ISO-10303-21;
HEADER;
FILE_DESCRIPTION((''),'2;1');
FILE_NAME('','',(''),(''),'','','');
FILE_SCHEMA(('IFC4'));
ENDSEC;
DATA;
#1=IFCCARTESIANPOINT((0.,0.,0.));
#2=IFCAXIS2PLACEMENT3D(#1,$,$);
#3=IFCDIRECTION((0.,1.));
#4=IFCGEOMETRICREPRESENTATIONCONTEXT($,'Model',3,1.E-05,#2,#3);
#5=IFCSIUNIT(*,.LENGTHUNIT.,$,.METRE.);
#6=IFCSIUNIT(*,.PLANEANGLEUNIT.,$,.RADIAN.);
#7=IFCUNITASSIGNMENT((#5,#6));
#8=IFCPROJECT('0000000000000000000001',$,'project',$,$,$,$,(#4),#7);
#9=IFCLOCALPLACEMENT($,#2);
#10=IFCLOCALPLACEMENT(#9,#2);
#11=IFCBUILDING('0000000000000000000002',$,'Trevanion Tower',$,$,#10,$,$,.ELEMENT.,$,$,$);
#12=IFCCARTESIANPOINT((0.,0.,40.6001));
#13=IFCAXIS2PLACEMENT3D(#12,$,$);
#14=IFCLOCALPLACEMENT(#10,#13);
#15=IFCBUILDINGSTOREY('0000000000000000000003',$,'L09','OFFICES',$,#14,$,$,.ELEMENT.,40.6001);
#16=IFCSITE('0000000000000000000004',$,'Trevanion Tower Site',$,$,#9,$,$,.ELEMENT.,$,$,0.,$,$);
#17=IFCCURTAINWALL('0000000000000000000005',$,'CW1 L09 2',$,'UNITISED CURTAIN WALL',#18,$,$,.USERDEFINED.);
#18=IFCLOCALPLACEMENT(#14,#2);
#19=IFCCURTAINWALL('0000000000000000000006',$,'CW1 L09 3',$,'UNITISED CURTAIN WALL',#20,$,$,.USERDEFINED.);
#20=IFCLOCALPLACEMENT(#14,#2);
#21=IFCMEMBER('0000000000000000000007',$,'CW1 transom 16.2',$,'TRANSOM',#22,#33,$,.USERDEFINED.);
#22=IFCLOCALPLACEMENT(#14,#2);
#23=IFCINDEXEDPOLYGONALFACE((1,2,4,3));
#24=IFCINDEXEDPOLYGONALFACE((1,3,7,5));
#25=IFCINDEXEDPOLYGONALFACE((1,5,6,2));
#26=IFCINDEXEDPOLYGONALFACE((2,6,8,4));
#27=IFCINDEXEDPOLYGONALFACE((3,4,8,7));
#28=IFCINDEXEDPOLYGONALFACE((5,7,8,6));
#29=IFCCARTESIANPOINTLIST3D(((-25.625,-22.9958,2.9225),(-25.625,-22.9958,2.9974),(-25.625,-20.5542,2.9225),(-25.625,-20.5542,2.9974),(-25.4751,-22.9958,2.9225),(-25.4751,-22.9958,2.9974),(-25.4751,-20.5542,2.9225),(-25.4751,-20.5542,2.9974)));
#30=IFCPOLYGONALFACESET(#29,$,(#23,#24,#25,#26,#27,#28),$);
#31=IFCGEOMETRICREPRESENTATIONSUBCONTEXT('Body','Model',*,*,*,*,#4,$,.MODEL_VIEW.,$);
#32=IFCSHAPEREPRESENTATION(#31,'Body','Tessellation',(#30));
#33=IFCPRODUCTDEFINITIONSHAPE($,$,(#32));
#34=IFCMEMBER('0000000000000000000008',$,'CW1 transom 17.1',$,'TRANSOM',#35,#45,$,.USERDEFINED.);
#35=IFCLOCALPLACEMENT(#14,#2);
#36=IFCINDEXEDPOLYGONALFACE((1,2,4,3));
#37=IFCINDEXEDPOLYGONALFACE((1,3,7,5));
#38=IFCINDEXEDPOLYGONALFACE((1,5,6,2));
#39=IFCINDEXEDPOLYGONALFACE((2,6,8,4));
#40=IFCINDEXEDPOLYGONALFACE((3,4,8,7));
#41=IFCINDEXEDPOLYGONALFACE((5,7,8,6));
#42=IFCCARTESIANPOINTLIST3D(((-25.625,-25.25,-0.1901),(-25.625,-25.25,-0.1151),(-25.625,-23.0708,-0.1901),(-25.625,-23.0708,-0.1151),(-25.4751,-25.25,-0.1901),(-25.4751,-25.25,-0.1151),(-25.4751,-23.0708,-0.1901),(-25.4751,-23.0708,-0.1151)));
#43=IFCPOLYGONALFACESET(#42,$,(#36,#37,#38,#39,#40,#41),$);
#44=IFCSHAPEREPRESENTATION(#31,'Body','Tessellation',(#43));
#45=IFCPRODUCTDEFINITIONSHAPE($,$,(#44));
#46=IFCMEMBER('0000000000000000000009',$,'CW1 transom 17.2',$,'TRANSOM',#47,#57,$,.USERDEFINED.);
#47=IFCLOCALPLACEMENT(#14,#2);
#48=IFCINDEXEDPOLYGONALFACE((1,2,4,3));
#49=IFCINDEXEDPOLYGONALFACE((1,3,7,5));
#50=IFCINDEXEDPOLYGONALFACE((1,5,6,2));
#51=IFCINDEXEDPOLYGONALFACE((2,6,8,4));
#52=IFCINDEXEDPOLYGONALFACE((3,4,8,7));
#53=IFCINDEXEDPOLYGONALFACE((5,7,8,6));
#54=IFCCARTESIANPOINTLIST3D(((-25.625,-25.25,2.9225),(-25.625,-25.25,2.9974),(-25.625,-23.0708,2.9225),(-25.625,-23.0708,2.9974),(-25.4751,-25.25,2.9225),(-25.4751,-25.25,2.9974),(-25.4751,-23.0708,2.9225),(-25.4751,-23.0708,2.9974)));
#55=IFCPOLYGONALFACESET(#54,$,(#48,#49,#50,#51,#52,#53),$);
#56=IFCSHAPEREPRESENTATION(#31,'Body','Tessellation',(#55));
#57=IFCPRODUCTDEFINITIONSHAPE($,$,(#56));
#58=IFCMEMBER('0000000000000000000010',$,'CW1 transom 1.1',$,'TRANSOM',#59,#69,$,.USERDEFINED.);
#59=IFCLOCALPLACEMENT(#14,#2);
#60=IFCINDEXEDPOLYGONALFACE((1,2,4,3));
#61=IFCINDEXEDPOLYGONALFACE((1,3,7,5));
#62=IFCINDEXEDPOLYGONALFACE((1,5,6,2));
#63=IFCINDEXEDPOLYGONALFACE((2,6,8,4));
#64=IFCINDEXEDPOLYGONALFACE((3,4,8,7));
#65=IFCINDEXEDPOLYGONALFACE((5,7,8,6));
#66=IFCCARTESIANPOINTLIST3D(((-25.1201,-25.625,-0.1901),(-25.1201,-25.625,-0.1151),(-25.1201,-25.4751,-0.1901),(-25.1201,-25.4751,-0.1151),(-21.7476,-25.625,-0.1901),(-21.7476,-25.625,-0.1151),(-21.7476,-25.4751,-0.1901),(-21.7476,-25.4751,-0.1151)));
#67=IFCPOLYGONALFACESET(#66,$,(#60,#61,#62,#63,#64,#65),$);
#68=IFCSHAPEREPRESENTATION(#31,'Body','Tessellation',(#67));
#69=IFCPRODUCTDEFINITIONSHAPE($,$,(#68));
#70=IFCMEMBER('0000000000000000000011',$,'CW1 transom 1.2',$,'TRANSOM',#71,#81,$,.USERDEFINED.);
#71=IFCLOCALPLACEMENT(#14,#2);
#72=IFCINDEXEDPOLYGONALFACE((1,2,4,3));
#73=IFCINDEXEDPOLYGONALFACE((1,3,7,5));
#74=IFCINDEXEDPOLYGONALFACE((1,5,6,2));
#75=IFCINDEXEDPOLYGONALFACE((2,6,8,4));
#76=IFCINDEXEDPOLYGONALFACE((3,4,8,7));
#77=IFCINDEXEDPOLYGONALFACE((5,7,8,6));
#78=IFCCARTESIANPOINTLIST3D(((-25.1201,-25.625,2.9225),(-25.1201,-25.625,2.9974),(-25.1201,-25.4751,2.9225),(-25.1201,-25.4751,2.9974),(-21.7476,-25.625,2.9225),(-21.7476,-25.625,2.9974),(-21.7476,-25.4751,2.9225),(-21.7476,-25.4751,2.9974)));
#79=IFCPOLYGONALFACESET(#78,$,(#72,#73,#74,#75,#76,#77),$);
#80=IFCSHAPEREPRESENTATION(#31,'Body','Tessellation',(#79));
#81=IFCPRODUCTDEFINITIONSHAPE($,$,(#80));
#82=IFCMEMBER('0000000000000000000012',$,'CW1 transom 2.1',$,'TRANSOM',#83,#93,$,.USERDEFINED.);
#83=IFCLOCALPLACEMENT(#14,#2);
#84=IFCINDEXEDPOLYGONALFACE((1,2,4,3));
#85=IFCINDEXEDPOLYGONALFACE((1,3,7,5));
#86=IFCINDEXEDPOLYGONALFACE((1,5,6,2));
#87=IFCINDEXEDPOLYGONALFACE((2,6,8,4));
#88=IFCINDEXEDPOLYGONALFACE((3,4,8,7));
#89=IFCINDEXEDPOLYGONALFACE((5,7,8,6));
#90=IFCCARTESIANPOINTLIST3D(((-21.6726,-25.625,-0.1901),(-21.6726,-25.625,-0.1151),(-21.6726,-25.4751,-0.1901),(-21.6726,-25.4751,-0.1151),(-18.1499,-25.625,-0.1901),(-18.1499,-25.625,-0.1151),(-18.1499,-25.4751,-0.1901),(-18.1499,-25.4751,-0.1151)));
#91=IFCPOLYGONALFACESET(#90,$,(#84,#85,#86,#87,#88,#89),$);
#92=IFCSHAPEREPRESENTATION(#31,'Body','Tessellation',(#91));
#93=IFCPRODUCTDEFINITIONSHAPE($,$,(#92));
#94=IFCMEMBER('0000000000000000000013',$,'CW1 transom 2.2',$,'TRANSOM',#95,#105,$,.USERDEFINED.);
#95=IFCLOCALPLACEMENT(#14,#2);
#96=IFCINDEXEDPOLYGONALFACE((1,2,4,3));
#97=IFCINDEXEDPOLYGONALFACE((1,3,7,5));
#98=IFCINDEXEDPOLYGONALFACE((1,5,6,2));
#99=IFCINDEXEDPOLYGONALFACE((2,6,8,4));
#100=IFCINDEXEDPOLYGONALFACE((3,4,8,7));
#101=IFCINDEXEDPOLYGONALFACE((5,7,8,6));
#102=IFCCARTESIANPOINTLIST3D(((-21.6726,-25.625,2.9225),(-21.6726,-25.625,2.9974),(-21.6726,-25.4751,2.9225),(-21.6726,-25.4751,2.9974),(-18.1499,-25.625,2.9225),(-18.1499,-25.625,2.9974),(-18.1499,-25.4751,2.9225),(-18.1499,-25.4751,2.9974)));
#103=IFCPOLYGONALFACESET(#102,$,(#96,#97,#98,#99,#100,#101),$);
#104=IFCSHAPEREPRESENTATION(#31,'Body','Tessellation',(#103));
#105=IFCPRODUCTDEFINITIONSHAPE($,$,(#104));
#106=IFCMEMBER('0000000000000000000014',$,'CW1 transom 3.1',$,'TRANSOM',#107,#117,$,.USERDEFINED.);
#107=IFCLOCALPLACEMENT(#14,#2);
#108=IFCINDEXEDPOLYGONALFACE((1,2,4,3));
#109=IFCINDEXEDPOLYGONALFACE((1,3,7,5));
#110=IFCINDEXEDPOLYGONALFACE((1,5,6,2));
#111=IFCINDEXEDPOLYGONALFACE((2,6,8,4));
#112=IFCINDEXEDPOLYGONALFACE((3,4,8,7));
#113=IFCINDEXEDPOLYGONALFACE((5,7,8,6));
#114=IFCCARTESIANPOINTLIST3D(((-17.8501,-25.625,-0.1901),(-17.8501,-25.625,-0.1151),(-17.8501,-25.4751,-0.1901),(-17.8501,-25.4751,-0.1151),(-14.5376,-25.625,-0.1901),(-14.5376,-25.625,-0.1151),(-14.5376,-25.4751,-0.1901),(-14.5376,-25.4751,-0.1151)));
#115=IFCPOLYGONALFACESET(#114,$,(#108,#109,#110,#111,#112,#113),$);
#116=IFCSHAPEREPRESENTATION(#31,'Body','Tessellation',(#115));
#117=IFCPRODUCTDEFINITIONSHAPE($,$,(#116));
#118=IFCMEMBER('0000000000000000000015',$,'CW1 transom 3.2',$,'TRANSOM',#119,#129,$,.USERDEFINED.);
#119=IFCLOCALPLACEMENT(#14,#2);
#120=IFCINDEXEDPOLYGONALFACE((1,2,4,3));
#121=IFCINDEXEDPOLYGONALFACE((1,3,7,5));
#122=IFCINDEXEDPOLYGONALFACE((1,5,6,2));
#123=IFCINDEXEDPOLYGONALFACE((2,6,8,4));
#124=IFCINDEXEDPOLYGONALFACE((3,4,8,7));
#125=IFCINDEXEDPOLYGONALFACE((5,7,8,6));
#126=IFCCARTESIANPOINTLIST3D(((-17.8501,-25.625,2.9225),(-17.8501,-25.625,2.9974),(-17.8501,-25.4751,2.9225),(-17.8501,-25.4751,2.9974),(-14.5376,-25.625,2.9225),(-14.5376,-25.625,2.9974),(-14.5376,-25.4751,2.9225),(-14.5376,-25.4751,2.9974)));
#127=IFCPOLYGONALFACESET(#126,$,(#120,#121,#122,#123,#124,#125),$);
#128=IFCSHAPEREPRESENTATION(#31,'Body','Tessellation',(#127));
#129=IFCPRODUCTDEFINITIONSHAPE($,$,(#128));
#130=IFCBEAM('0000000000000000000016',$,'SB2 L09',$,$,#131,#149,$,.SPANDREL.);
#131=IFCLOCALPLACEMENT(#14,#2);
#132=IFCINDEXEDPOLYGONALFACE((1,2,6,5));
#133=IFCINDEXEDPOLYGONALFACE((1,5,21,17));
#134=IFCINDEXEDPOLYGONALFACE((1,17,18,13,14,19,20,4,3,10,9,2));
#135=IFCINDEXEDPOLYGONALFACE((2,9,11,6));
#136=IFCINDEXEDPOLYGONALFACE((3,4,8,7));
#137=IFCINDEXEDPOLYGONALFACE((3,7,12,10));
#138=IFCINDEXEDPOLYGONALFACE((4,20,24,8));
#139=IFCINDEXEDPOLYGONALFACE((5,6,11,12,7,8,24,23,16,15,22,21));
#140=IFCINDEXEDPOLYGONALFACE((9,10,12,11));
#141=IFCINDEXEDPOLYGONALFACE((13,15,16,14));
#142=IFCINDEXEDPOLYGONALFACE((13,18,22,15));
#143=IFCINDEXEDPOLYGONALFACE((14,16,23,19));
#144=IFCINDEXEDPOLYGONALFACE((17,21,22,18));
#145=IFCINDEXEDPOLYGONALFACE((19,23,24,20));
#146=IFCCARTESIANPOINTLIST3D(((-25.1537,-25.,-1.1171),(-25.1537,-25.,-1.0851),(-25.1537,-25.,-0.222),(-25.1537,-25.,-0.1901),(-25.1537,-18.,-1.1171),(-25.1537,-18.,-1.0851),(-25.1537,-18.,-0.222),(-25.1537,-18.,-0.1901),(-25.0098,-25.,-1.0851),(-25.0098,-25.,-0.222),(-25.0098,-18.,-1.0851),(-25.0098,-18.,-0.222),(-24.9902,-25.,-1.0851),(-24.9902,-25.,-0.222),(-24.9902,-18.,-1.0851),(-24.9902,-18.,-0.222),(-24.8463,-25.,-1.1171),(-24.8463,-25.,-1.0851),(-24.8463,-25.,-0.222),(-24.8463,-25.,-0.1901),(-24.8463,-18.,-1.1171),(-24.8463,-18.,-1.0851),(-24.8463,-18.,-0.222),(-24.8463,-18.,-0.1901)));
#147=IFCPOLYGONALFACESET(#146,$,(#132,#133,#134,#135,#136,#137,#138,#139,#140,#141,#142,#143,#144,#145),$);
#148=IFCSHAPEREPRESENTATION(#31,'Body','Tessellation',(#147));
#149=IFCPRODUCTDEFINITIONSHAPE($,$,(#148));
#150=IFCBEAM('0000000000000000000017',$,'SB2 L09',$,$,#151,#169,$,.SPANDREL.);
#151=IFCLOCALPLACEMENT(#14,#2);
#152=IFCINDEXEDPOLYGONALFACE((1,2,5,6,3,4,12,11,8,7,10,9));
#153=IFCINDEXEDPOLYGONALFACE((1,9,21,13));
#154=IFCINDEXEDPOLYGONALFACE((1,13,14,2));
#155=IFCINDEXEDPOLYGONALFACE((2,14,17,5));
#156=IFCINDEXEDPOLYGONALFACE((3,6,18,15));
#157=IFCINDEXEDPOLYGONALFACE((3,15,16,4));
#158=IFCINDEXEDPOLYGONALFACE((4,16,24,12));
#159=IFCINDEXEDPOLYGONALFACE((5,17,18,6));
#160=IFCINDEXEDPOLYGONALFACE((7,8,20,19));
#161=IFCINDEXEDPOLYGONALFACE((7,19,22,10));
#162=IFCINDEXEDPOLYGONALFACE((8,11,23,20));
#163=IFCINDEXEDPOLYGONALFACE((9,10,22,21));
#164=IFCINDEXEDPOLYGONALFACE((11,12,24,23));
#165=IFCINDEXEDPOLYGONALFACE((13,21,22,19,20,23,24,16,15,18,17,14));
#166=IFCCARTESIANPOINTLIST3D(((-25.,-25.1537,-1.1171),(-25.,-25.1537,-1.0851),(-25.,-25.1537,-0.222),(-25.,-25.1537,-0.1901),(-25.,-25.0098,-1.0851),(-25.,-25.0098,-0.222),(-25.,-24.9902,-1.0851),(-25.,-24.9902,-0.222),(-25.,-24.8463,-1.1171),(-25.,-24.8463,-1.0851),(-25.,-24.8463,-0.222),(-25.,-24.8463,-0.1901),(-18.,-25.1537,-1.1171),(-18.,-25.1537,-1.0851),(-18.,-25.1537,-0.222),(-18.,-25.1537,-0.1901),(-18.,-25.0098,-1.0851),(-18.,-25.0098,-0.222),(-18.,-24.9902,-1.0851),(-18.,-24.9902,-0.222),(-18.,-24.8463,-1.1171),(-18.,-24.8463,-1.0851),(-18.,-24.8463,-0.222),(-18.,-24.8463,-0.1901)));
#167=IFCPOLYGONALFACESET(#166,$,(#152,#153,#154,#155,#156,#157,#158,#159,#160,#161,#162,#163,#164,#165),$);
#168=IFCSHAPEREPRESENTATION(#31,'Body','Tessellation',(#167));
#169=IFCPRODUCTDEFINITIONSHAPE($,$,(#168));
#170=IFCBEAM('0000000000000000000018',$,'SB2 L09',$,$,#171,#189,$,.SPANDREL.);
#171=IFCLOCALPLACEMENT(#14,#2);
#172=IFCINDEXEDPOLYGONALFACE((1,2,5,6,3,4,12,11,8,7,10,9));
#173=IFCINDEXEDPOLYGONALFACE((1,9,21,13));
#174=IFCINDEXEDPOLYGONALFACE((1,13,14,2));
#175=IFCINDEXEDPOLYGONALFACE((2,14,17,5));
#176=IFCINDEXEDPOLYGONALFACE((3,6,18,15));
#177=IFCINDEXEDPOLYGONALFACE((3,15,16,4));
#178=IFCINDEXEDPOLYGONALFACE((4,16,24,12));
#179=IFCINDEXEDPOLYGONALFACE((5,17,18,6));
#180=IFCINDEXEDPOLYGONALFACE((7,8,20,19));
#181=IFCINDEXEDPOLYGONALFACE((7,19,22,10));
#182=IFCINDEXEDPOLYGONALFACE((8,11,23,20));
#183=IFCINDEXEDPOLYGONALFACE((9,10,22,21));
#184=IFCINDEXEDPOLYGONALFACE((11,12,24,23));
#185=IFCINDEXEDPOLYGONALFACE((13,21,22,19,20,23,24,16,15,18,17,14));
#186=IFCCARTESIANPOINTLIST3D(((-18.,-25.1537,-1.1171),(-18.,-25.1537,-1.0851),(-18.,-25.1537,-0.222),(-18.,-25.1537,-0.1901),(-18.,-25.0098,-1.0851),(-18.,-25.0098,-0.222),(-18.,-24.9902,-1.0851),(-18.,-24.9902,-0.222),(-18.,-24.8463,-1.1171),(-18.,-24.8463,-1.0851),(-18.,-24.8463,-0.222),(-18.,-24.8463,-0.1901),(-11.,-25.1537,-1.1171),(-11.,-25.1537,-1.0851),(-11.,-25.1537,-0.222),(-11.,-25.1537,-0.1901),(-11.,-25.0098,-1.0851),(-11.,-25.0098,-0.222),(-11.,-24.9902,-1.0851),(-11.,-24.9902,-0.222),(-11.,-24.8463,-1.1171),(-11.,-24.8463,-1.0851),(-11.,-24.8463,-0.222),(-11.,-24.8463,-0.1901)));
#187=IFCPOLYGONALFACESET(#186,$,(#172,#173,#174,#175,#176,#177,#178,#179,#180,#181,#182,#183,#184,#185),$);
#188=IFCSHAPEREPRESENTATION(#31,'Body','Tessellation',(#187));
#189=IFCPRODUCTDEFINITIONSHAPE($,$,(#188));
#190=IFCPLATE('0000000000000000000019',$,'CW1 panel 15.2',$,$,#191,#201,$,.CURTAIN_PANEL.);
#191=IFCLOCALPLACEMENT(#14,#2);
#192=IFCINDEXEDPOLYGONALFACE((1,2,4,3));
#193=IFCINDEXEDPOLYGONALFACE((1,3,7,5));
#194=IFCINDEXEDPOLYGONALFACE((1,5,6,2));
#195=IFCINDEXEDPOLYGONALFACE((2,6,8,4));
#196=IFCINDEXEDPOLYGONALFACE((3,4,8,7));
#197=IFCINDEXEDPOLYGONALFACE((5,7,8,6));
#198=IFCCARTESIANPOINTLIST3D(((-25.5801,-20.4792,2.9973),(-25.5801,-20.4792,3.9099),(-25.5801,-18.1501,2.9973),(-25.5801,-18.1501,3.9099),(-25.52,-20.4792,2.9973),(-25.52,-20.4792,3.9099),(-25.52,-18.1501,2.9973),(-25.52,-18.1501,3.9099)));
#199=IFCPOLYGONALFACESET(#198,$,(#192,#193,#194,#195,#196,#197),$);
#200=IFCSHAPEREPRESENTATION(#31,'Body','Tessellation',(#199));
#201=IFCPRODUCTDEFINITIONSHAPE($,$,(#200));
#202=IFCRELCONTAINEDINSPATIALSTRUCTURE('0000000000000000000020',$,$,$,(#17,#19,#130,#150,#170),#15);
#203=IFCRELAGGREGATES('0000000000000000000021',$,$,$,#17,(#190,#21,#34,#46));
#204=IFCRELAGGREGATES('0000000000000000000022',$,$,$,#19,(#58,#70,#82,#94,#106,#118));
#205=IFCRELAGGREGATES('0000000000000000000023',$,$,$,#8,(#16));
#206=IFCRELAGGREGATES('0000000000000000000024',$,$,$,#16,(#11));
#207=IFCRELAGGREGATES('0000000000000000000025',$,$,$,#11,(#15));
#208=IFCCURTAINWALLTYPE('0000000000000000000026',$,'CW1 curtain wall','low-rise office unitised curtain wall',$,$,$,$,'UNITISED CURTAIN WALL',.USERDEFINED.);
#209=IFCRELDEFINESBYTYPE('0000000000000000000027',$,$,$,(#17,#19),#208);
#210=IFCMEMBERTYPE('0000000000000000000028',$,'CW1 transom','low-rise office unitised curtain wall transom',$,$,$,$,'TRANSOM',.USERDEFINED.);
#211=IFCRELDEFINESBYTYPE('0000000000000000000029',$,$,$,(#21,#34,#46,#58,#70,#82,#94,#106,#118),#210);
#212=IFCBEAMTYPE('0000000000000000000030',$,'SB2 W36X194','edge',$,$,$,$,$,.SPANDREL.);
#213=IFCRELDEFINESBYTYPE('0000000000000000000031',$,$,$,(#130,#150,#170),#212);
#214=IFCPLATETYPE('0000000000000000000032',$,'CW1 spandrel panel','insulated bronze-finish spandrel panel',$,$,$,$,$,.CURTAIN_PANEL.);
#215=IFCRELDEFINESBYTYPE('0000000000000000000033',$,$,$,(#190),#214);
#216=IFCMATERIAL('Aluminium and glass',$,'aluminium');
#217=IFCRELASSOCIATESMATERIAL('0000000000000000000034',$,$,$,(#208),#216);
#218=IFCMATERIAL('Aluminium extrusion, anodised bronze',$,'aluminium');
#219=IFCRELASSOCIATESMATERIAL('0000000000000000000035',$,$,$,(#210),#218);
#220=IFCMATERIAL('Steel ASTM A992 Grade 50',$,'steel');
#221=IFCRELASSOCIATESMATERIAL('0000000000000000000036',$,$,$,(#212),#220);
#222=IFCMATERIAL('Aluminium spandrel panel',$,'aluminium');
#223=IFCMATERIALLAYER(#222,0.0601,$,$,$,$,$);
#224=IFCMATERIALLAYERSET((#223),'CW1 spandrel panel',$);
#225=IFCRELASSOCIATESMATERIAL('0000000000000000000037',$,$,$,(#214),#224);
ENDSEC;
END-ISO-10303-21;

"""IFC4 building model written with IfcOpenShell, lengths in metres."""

from ifc_helpers import new_model, si_unit, direction, frame, origin, origin_2d, place, context, subcontext, project, spatial, rectangle, i_section, extrude, material, layer, layer_set, material_profile, profile_set, type_object, element, aggregate, save


model = new_model("IFC4")

# Units and contexts
model_context = context("Model", 3, precision=1e-05, world=origin(), true_north=direction((0.0, 1.0)))
body_context = subcontext(model_context, "Body", "Model", "MODEL_VIEW")
ifc_project = project(units=[si_unit("LENGTHUNIT", "METRE"), si_unit("PLANEANGLEUNIT", "RADIAN")], contexts=[model_context])

# Site, building, storey
site_placement = place(None, origin())
site = spatial("IfcSite", under=ifc_project, at=site_placement, Name="Trevanion Tower Site", CompositionType="ELEMENT", RefElevation=0.0)
building_placement = place(site_placement, origin())
building = spatial("IfcBuilding", under=site, at=building_placement, Name="Trevanion Tower", CompositionType="ELEMENT")
storey_placement = place(building_placement, frame((0.0, 0.0, 40.6001)))
storey = spatial("IfcBuildingStorey", under=building, at=storey_placement, Name="L09", Description="OFFICES", CompositionType="ELEMENT", Elevation=40.6001)

# Curtain wall
ifc_material_1 = material(Name="Aluminium and glass", Category="aluminium")
curtain_wall_type = type_object("IfcCurtainWallType", Name="CW1 curtain wall", Description="low-rise office unitised curtain wall", ElementType="UNITISED CURTAIN WALL", PredefinedType="USERDEFINED", material=ifc_material_1)
curtain_wall_1_placement = place(storey_placement, origin())
curtain_wall_1 = element("IfcCurtainWall", 1, at=curtain_wall_1_placement, inside=storey, type_object=curtain_wall_type, Name="CW1 L09 2", ObjectType="UNITISED CURTAIN WALL", PredefinedType="USERDEFINED")

# Curtain wall
curtain_wall_2_placement = place(storey_placement, origin())
curtain_wall_2 = element("IfcCurtainWall", 2, at=curtain_wall_2_placement, inside=storey, type_object=curtain_wall_type, Name="CW1 L09 3", ObjectType="UNITISED CURTAIN WALL", PredefinedType="USERDEFINED")

# Members
ifc_material_2 = material(Name="Aluminium extrusion, anodised bronze", Category="aluminium")
ifc_material_profile_1 = material_profile(ifc_material_2, rectangle(XDim=0.1499, YDim=0.075, at=origin_2d()), Name="CW1 transom")
ifc_profile_set_1 = profile_set([ifc_material_profile_1], Name="Aluminium extrusion, anodised bronze")
member_type_1 = type_object("IfcMemberType", Name="CW1 transom", Description="low-rise office unitised curtain wall transom", ElementType="TRANSOM", PredefinedType="USERDEFINED", material=ifc_profile_set_1)
member_1_placement = place(storey_placement, frame((-25.55, -20.5542, 2.96), z_axis=(0.0, -1.0, 0.0), x_axis=(1.0, 0.0, 0.0)))
member_1 = element("IfcMember", 3, at=member_1_placement, type_object=member_type_1, Name="CW1 transom 16.2", ObjectType="TRANSOM", PredefinedType="USERDEFINED", context=body_context, shape_type="SweptSolid", body=[
    extrude(rectangle(XDim=0.1499, YDim=0.075, at=origin_2d()), origin(), (0.0, 0.0, 1.0), 2.4417),
])
member_2_placement = place(storey_placement, frame((-25.55, -23.0708, -0.1526), z_axis=(0.0, -1.0, 0.0), x_axis=(1.0, 0.0, 0.0)))
member_2 = element("IfcMember", 4, at=member_2_placement, type_object=member_type_1, Name="CW1 transom 17.1", ObjectType="TRANSOM", PredefinedType="USERDEFINED", context=body_context, shape_type="SweptSolid", body=[
    extrude(rectangle(XDim=0.1499, YDim=0.075, at=origin_2d()), origin(), (0.0, 0.0, 1.0), 2.1792),
])
member_3_placement = place(storey_placement, frame((-25.55, -23.0708, 2.96), z_axis=(0.0, -1.0, 0.0), x_axis=(1.0, 0.0, 0.0)))
member_3 = element("IfcMember", 5, at=member_3_placement, type_object=member_type_1, Name="CW1 transom 17.2", ObjectType="TRANSOM", PredefinedType="USERDEFINED", context=body_context, shape_type="SweptSolid", body=[
    extrude(rectangle(XDim=0.1499, YDim=0.075, at=origin_2d()), origin(), (0.0, 0.0, 1.0), 2.1792),
])
member_4_placement = place(storey_placement, frame((-25.1201, -25.55, -0.1526), z_axis=(1.0, 0.0, 0.0), x_axis=(0.0, 1.0, 0.0)))
member_4 = element("IfcMember", 6, at=member_4_placement, type_object=member_type_1, Name="CW1 transom 1.1", ObjectType="TRANSOM", PredefinedType="USERDEFINED", context=body_context, shape_type="SweptSolid", body=[
    extrude(rectangle(XDim=0.1499, YDim=0.075, at=origin_2d()), origin(), (0.0, 0.0, 1.0), 3.3726),
])
member_5_placement = place(storey_placement, frame((-25.1201, -25.55, 2.96), z_axis=(1.0, 0.0, 0.0), x_axis=(0.0, 1.0, 0.0)))
member_5 = element("IfcMember", 7, at=member_5_placement, type_object=member_type_1, Name="CW1 transom 1.2", ObjectType="TRANSOM", PredefinedType="USERDEFINED", context=body_context, shape_type="SweptSolid", body=[
    extrude(rectangle(XDim=0.1499, YDim=0.075, at=origin_2d()), origin(), (0.0, 0.0, 1.0), 3.3726),
])
member_6_placement = place(storey_placement, frame((-21.6726, -25.55, -0.1526), z_axis=(1.0, 0.0, 0.0), x_axis=(0.0, 1.0, 0.0)))
member_6 = element("IfcMember", 8, at=member_6_placement, type_object=member_type_1, Name="CW1 transom 2.1", ObjectType="TRANSOM", PredefinedType="USERDEFINED", context=body_context, shape_type="SweptSolid", body=[
    extrude(rectangle(XDim=0.1499, YDim=0.075, at=origin_2d()), origin(), (0.0, 0.0, 1.0), 3.5227),
])
member_7_placement = place(storey_placement, frame((-21.6726, -25.55, 2.96), z_axis=(1.0, 0.0, 0.0), x_axis=(0.0, 1.0, 0.0)))
member_7 = element("IfcMember", 9, at=member_7_placement, type_object=member_type_1, Name="CW1 transom 2.2", ObjectType="TRANSOM", PredefinedType="USERDEFINED", context=body_context, shape_type="SweptSolid", body=[
    extrude(rectangle(XDim=0.1499, YDim=0.075, at=origin_2d()), origin(), (0.0, 0.0, 1.0), 3.5227),
])
member_8_placement = place(storey_placement, frame((-17.8501, -25.55, -0.1526), z_axis=(1.0, 0.0, 0.0), x_axis=(0.0, 1.0, 0.0)))
member_8 = element("IfcMember", 10, at=member_8_placement, type_object=member_type_1, Name="CW1 transom 3.1", ObjectType="TRANSOM", PredefinedType="USERDEFINED", context=body_context, shape_type="SweptSolid", body=[
    extrude(rectangle(XDim=0.1499, YDim=0.075, at=origin_2d()), origin(), (0.0, 0.0, 1.0), 3.3125),
])
member_9_placement = place(storey_placement, frame((-17.8501, -25.55, 2.96), z_axis=(1.0, 0.0, 0.0), x_axis=(0.0, 1.0, 0.0)))
member_9 = element("IfcMember", 11, at=member_9_placement, type_object=member_type_1, Name="CW1 transom 3.2", ObjectType="TRANSOM", PredefinedType="USERDEFINED", context=body_context, shape_type="SweptSolid", body=[
    extrude(rectangle(XDim=0.1499, YDim=0.075, at=origin_2d()), origin(), (0.0, 0.0, 1.0), 3.3125),
])

# Beams
ifc_material_3 = material(Name="Steel ASTM A992 Grade 50", Category="steel")
ifc_material_profile_2 = material_profile(ifc_material_3, i_section(OverallWidth=0.3074, OverallDepth=0.927, WebThickness=0.0195, FlangeThickness=0.032, at=origin_2d()), Name="W36X194")
ifc_profile_set_2 = profile_set([ifc_material_profile_2], Name="Steel ASTM A992 Grade 50")
beam_type = type_object("IfcBeamType", Name="SB2 W36X194", Description="edge", PredefinedType="SPANDREL", material=ifc_profile_set_2)
for number, where, z_axis, x_axis, name in (
    (12, (-25.0, -18.0, -0.6536), (0.0, -1.0, 0.0), (1.0, 0.0, 0.0), "SB2 L09"),
    (13, (-25.0, -25.0, -0.6536), (1.0, 0.0, 0.0), (0.0, 1.0, 0.0), "SB2 L09"),
    (14, (-18.0, -25.0, -0.6536), (1.0, 0.0, 0.0), (0.0, 1.0, 0.0), "SB2 L09"),
):
    element("IfcBeam", number, at=place(storey_placement, frame(where, z_axis=z_axis, x_axis=x_axis)), inside=storey, type_object=beam_type, Name=name, PredefinedType="SPANDREL", context=body_context, shape_type="SweptSolid", body=[
        extrude(i_section(OverallWidth=0.3074, OverallDepth=0.927, WebThickness=0.0195, FlangeThickness=0.032, at=origin_2d()), origin(), (0.0, 0.0, 1.0), 7.0),
    ])

# Plate
ifc_material_4 = material(Name="Aluminium spandrel panel", Category="aluminium")
ifc_layer_1 = layer(ifc_material_4, 0.0601)
ifc_layer_set_1 = layer_set([ifc_layer_1], Name="CW1 spandrel panel")
plate_type_1 = type_object("IfcPlateType", Name="CW1 spandrel panel", Description="insulated bronze-finish spandrel panel", PredefinedType="CURTAIN_PANEL", material=ifc_layer_set_1)
plate_1_placement = place(storey_placement, frame((-25.55, -19.3147, 2.9973), z_axis=(0.0, 0.0, 1.0), x_axis=(0.0, -1.0, 0.0)))
plate_1 = element("IfcPlate", 15, at=plate_1_placement, type_object=plate_type_1, Name="CW1 panel 15.2", PredefinedType="CURTAIN_PANEL", context=body_context, shape_type="SweptSolid", body=[
    extrude(rectangle(XDim=2.3291, YDim=0.0601, at=origin_2d()), origin(), (0.0, 0.0, 1.0), 0.9126),
])
aggregate(curtain_wall_1, [plate_1, member_1, member_2, member_3])
aggregate(curtain_wall_2, [member_4, member_5, member_6, member_7, member_8, member_9])

save(model, "model.ifc")
